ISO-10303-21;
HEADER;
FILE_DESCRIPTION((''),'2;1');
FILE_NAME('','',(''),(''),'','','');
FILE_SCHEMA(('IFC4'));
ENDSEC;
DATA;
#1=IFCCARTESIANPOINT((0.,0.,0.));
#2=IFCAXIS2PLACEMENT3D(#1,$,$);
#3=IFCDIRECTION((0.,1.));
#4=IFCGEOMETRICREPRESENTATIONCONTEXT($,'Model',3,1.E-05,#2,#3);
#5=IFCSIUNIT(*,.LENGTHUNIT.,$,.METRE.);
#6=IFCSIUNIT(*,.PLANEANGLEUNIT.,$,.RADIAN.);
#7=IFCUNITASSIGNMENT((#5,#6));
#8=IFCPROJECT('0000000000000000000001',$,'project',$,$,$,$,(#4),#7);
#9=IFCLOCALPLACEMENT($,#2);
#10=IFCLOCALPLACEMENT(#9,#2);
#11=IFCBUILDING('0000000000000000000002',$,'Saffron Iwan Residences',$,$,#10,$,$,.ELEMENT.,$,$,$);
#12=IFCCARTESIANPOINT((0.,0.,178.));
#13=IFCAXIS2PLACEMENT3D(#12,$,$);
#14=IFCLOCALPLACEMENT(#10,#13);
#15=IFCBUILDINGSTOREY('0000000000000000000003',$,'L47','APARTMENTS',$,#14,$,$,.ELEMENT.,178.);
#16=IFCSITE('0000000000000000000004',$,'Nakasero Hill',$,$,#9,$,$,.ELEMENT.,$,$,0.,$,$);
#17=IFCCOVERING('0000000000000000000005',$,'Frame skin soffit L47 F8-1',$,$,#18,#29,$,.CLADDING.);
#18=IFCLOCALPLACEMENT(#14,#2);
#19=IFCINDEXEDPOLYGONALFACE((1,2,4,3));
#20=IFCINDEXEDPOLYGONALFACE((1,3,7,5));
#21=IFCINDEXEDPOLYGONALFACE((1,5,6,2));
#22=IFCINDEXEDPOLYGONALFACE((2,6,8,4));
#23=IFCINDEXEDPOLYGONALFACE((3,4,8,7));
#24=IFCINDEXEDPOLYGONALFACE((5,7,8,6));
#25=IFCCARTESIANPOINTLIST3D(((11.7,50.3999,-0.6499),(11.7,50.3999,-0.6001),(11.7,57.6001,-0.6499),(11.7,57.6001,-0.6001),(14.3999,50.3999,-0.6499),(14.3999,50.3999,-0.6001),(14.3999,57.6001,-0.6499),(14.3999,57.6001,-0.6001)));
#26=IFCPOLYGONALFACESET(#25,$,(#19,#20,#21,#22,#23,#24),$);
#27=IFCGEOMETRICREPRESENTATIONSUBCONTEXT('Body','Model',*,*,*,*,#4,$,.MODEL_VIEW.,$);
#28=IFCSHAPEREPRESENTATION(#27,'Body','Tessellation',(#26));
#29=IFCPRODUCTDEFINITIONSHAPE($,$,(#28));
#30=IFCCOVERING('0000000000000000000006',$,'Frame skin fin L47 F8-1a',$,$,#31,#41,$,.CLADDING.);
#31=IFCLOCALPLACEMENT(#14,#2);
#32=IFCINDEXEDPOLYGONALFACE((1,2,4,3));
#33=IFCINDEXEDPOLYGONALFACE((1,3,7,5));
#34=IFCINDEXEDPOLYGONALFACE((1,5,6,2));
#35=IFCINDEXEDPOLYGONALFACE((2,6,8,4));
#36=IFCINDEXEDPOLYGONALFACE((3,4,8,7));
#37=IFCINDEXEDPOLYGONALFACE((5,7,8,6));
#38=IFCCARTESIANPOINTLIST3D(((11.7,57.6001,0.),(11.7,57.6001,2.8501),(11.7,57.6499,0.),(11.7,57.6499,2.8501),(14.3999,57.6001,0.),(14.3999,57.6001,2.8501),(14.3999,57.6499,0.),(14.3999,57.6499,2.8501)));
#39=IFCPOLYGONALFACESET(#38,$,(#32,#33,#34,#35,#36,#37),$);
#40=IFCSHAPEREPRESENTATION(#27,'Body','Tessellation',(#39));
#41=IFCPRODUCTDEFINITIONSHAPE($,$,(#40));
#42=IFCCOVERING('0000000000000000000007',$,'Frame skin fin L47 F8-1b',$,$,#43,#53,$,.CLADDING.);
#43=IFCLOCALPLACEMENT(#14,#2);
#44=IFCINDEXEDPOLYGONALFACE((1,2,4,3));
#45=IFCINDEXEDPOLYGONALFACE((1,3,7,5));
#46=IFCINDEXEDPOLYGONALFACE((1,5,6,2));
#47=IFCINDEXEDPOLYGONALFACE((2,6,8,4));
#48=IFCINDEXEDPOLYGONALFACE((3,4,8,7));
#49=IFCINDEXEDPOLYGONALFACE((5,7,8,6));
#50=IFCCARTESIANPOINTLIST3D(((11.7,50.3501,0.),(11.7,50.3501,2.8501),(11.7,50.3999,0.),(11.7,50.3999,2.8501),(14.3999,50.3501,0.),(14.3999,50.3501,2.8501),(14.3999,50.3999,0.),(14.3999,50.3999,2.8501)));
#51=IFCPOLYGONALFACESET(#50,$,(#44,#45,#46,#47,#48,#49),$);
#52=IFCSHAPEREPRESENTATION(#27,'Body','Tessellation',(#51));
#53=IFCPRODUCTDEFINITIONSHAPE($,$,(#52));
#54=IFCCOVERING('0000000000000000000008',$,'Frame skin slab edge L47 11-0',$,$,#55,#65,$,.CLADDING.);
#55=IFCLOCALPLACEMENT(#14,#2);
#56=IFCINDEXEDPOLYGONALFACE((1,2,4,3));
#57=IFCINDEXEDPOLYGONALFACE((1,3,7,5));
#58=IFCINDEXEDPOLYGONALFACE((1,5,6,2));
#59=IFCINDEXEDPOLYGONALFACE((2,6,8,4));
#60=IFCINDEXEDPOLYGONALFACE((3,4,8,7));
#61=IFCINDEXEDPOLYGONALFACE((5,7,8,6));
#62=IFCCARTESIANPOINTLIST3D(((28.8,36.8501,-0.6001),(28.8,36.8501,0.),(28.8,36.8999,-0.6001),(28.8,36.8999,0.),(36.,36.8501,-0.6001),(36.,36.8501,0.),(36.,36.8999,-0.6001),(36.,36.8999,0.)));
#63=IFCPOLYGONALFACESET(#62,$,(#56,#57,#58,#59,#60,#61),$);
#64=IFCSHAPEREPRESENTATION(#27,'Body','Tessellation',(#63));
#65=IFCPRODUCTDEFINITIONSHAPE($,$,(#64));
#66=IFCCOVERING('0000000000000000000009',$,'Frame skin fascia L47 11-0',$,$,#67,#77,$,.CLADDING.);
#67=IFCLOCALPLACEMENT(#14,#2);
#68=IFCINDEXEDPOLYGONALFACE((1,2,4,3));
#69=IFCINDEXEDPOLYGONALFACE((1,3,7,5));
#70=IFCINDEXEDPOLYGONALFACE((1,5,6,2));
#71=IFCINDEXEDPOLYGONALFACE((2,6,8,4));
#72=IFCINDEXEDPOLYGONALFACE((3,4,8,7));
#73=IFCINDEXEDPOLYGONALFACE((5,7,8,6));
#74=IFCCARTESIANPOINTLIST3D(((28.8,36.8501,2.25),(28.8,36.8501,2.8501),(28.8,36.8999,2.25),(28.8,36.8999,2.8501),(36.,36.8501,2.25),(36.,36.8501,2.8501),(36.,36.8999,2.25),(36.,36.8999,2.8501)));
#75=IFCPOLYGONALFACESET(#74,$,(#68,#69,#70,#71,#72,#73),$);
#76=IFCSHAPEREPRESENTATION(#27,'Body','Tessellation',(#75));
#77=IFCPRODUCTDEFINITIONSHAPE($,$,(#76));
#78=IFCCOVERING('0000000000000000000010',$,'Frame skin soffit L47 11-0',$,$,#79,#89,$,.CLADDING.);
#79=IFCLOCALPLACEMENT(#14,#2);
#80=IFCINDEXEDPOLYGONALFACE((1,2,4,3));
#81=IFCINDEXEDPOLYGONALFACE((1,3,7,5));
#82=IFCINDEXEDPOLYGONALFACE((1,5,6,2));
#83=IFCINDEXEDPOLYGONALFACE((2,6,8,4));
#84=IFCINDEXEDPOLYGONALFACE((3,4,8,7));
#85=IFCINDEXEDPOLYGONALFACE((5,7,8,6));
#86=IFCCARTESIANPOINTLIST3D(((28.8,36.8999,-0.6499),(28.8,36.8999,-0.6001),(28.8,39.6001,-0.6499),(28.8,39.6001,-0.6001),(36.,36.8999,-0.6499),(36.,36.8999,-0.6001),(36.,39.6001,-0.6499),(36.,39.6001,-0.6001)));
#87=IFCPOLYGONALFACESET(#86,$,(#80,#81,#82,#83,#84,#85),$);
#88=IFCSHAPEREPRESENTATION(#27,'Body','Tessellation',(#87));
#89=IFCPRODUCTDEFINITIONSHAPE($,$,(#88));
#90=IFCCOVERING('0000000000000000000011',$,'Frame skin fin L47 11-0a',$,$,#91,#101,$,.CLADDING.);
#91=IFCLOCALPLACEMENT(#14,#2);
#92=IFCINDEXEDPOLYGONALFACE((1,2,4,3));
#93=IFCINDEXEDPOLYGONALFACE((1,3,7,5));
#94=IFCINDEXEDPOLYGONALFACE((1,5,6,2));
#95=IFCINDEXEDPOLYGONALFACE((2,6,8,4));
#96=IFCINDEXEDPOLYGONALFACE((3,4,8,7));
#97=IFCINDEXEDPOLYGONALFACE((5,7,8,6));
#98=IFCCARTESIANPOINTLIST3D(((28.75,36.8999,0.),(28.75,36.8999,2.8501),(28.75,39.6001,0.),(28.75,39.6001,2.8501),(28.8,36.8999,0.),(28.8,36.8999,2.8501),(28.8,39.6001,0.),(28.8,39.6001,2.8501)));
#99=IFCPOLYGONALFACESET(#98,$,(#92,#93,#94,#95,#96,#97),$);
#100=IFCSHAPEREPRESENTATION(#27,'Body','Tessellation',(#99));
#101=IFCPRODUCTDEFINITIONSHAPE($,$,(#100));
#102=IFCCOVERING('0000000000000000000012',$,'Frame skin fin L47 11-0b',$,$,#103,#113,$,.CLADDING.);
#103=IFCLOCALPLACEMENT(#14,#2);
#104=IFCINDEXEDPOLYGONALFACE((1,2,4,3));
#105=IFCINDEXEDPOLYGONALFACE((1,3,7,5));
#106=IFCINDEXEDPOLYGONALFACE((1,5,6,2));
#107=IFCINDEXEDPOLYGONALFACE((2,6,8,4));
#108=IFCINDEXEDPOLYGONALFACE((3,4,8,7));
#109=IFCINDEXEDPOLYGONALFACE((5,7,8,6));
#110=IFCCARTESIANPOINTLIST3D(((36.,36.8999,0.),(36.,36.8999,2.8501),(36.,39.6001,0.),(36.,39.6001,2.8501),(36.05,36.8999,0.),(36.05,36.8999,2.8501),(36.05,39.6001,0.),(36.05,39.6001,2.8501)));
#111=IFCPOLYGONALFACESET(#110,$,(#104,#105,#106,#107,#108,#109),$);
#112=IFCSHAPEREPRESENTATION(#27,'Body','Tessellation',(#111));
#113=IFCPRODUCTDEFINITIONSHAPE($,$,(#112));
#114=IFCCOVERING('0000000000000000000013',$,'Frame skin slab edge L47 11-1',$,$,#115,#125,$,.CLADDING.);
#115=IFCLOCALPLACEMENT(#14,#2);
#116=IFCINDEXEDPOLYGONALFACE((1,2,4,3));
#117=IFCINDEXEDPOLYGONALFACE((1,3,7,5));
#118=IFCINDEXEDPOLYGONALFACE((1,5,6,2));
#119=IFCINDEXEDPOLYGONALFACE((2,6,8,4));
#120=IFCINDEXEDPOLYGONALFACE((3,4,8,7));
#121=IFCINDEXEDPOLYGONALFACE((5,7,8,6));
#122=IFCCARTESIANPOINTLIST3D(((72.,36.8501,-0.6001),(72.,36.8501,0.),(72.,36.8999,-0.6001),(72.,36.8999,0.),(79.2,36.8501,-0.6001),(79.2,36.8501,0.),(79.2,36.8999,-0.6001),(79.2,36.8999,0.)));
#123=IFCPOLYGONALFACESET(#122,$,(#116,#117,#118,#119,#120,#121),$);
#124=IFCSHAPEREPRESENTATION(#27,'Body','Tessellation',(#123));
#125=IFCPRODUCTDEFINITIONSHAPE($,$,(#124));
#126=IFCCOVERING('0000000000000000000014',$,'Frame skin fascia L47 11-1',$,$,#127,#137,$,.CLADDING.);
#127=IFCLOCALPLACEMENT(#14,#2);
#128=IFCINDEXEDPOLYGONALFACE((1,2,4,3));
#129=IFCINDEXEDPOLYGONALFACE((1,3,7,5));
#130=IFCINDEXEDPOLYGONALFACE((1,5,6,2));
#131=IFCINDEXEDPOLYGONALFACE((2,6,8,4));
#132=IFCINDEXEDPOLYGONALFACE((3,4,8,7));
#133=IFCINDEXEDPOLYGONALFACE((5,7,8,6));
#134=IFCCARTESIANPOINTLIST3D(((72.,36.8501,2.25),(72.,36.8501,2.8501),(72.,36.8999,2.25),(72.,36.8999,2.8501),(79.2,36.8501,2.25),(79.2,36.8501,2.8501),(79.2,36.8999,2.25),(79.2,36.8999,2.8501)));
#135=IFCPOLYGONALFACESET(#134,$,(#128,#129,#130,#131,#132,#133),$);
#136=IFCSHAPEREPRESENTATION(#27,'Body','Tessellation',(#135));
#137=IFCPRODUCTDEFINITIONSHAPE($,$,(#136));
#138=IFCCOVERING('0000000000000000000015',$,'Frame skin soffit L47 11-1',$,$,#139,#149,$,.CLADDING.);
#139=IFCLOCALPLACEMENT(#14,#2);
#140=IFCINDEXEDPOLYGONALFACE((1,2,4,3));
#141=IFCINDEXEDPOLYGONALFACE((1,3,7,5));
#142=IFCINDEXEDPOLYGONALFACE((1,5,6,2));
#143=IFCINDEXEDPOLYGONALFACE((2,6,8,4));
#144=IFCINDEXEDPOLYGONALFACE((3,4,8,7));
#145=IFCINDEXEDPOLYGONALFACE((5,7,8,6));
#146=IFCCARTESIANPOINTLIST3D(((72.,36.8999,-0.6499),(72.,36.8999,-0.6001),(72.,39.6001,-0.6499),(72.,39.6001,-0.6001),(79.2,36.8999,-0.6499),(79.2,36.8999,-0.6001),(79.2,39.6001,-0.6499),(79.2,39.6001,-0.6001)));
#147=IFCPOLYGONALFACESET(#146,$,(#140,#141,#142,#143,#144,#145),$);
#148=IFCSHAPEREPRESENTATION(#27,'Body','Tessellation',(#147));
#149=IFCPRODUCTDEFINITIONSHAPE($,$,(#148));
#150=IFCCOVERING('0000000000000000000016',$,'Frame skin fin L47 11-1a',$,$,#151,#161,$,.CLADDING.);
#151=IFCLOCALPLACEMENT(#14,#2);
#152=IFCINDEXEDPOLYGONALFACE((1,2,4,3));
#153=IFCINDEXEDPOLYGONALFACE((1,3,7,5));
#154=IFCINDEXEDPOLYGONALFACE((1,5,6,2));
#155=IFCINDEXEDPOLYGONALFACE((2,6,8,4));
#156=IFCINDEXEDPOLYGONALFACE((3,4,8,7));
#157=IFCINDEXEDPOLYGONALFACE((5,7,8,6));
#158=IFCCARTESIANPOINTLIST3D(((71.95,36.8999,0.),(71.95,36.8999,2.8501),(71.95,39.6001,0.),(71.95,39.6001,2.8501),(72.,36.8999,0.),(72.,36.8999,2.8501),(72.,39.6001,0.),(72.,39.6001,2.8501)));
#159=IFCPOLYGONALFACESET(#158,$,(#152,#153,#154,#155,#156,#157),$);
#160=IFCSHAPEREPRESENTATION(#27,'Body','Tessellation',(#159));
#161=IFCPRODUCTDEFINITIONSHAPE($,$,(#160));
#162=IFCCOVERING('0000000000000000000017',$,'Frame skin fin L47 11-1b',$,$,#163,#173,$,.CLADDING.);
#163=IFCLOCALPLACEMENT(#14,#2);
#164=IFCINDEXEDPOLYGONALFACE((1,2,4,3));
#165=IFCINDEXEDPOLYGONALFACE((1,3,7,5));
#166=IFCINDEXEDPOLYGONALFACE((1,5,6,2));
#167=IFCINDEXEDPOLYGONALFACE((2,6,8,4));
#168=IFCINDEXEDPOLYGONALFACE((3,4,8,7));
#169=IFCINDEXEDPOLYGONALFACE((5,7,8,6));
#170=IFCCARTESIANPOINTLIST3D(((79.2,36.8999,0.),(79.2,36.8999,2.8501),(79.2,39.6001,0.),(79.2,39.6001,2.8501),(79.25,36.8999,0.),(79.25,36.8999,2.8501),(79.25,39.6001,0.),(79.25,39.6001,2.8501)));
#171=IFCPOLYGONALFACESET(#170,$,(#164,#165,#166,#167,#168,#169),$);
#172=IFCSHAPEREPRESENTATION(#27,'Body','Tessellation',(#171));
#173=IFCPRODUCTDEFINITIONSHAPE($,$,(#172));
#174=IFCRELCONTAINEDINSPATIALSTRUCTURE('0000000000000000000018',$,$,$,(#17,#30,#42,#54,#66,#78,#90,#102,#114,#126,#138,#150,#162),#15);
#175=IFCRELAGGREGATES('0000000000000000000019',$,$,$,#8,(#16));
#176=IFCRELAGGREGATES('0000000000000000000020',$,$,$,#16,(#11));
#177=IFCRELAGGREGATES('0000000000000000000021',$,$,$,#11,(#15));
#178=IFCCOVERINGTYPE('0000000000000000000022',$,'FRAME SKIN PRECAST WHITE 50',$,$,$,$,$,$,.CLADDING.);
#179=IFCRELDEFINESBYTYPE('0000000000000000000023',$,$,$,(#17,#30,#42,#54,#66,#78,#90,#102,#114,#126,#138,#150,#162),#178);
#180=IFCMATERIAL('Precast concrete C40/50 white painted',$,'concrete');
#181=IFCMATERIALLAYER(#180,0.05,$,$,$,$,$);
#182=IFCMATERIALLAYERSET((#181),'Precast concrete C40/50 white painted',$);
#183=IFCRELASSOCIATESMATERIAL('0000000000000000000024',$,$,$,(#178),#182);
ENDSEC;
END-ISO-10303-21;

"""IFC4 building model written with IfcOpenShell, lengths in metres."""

from ifc_helpers import new_model, si_unit, direction, frame, origin, place, context, subcontext, project, spatial, polyline, outline, extrude, material, layer, layer_set, type_object, element, save


model = new_model("IFC4")

# Units and contexts
model_context = context("Model", 3, precision=1e-05, world=origin(), true_north=direction((0.0, 1.0)))
body_context = subcontext(model_context, "Body", "Model", "MODEL_VIEW")
ifc_project = project(units=[si_unit("LENGTHUNIT", "METRE"), si_unit("PLANEANGLEUNIT", "RADIAN")], contexts=[model_context])

# Site, building, storey
site_placement = place(None, origin())
site = spatial("IfcSite", under=ifc_project, at=site_placement, Name="Nakasero Hill", CompositionType="ELEMENT", RefElevation=0.0)
building_placement = place(site_placement, origin())
building = spatial("IfcBuilding", under=site, at=building_placement, Name="Saffron Iwan Residences", CompositionType="ELEMENT")
storey_placement = place(building_placement, frame((0.0, 0.0, 178.0)))
storey = spatial("IfcBuildingStorey", under=building, at=storey_placement, Name="L47", Description="APARTMENTS", CompositionType="ELEMENT", Elevation=178.0)

# Coverings
ifc_material_1 = material(Name="Precast concrete C40/50 white painted", Category="concrete")
ifc_layer_1 = layer(ifc_material_1, 0.05)
ifc_layer_set_1 = layer_set([ifc_layer_1], Name="Precast concrete C40/50 white painted")
covering_type = type_object("IfcCoveringType", Name="FRAME SKIN PRECAST WHITE 50", PredefinedType="CLADDING", material=ifc_layer_set_1)
covering_1_placement = place(storey_placement, frame((0.0, 0.0, -0.6499)))
element("IfcCovering", 1, at=covering_1_placement, inside=storey, type_object=covering_type, Name="Frame skin soffit L47 F8-1", PredefinedType="CLADDING", context=body_context, shape_type="SweptSolid", body=[
    extrude(outline(polyline([(11.7, 57.6001), (11.7, 50.3999), (14.3999, 50.3999), (14.3999, 57.6001), (11.7, 57.6001)])), origin(), (0.0, 0.0, 1.0), 0.0498),
])
covering_2_placement = place(storey_placement, origin())
element("IfcCovering", 2, at=covering_2_placement, inside=storey, type_object=covering_type, Name="Frame skin fin L47 F8-1a", PredefinedType="CLADDING", context=body_context, shape_type="SweptSolid", body=[
    extrude(outline(polyline([(11.7, 57.6499), (11.7, 57.6001), (14.3999, 57.6001), (14.3999, 57.6499), (11.7, 57.6499)])), origin(), (0.0, 0.0, 1.0), 2.8501),
])
covering_3_placement = place(storey_placement, origin())
element("IfcCovering", 3, at=covering_3_placement, inside=storey, type_object=covering_type, Name="Frame skin fin L47 F8-1b", PredefinedType="CLADDING", context=body_context, shape_type="SweptSolid", body=[
    extrude(outline(polyline([(11.7, 50.3999), (11.7, 50.3501), (14.3999, 50.3501), (14.3999, 50.3999), (11.7, 50.3999)])), origin(), (0.0, 0.0, 1.0), 2.8501),
])
for number, where, name in (
    (4, (0.0, 0.0, -0.6001), "Frame skin slab edge L47 11-0"),
    (5, (0.0, 0.0, 2.25), "Frame skin fascia L47 11-0"),
):
    element("IfcCovering", number, at=place(storey_placement, frame(where)), inside=storey, type_object=covering_type, Name=name, PredefinedType="CLADDING", context=body_context, shape_type="SweptSolid", body=[
        extrude(outline(polyline([(28.8, 36.8501), (36.0, 36.8501), (36.0, 36.8999), (28.8, 36.8999), (28.8, 36.8501)])), origin(), (0.0, 0.0, 1.0), 0.6001),
    ])
covering_4_placement = place(storey_placement, frame((0.0, 0.0, -0.6499)))
element("IfcCovering", 6, at=covering_4_placement, inside=storey, type_object=covering_type, Name="Frame skin soffit L47 11-0", PredefinedType="CLADDING", context=body_context, shape_type="SweptSolid", body=[
    extrude(outline(polyline([(28.8, 36.8999), (36.0, 36.8999), (36.0, 39.6001), (28.8, 39.6001), (28.8, 36.8999)])), origin(), (0.0, 0.0, 1.0), 0.0498),
])
covering_5_placement = place(storey_placement, origin())
element("IfcCovering", 7, at=covering_5_placement, inside=storey, type_object=covering_type, Name="Frame skin fin L47 11-0a", PredefinedType="CLADDING", context=body_context, shape_type="SweptSolid", body=[
    extrude(outline(polyline([(28.75, 36.8999), (28.8, 36.8999), (28.8, 39.6001), (28.75, 39.6001), (28.75, 36.8999)])), origin(), (0.0, 0.0, 1.0), 2.8501),
])
covering_6_placement = place(storey_placement, origin())
element("IfcCovering", 8, at=covering_6_placement, inside=storey, type_object=covering_type, Name="Frame skin fin L47 11-0b", PredefinedType="CLADDING", context=body_context, shape_type="SweptSolid", body=[
    extrude(outline(polyline([(36.0, 36.8999), (36.05, 36.8999), (36.05, 39.6001), (36.0, 39.6001), (36.0, 36.8999)])), origin(), (0.0, 0.0, 1.0), 2.8501),
])
for number, where, name in (
    (9, (0.0, 0.0, -0.6001), "Frame skin slab edge L47 11-1"),
    (10, (0.0, 0.0, 2.25), "Frame skin fascia L47 11-1"),
):
    element("IfcCovering", number, at=place(storey_placement, frame(where)), inside=storey, type_object=covering_type, Name=name, PredefinedType="CLADDING", context=body_context, shape_type="SweptSolid", body=[
        extrude(outline(polyline([(72.0, 36.8501), (79.2, 36.8501), (79.2, 36.8999), (72.0, 36.8999), (72.0, 36.8501)])), origin(), (0.0, 0.0, 1.0), 0.6001),
    ])
covering_7_placement = place(storey_placement, frame((0.0, 0.0, -0.6499)))
element("IfcCovering", 11, at=covering_7_placement, inside=storey, type_object=covering_type, Name="Frame skin soffit L47 11-1", PredefinedType="CLADDING", context=body_context, shape_type="SweptSolid", body=[
    extrude(outline(polyline([(72.0, 36.8999), (79.2, 36.8999), (79.2, 39.6001), (72.0, 39.6001), (72.0, 36.8999)])), origin(), (0.0, 0.0, 1.0), 0.0498),
])
covering_8_placement = place(storey_placement, origin())
element("IfcCovering", 12, at=covering_8_placement, inside=storey, type_object=covering_type, Name="Frame skin fin L47 11-1a", PredefinedType="CLADDING", context=body_context, shape_type="SweptSolid", body=[
    extrude(outline(polyline([(71.95, 36.8999), (72.0, 36.8999), (72.0, 39.6001), (71.95, 39.6001), (71.95, 36.8999)])), origin(), (0.0, 0.0, 1.0), 2.8501),
])
covering_9_placement = place(storey_placement, origin())
element("IfcCovering", 13, at=covering_9_placement, inside=storey, type_object=covering_type, Name="Frame skin fin L47 11-1b", PredefinedType="CLADDING", context=body_context, shape_type="SweptSolid", body=[
    extrude(outline(polyline([(79.2, 36.8999), (79.25, 36.8999), (79.25, 39.6001), (79.2, 39.6001), (79.2, 36.8999)])), origin(), (0.0, 0.0, 1.0), 2.8501),
])

save(model, "model.ifc")
